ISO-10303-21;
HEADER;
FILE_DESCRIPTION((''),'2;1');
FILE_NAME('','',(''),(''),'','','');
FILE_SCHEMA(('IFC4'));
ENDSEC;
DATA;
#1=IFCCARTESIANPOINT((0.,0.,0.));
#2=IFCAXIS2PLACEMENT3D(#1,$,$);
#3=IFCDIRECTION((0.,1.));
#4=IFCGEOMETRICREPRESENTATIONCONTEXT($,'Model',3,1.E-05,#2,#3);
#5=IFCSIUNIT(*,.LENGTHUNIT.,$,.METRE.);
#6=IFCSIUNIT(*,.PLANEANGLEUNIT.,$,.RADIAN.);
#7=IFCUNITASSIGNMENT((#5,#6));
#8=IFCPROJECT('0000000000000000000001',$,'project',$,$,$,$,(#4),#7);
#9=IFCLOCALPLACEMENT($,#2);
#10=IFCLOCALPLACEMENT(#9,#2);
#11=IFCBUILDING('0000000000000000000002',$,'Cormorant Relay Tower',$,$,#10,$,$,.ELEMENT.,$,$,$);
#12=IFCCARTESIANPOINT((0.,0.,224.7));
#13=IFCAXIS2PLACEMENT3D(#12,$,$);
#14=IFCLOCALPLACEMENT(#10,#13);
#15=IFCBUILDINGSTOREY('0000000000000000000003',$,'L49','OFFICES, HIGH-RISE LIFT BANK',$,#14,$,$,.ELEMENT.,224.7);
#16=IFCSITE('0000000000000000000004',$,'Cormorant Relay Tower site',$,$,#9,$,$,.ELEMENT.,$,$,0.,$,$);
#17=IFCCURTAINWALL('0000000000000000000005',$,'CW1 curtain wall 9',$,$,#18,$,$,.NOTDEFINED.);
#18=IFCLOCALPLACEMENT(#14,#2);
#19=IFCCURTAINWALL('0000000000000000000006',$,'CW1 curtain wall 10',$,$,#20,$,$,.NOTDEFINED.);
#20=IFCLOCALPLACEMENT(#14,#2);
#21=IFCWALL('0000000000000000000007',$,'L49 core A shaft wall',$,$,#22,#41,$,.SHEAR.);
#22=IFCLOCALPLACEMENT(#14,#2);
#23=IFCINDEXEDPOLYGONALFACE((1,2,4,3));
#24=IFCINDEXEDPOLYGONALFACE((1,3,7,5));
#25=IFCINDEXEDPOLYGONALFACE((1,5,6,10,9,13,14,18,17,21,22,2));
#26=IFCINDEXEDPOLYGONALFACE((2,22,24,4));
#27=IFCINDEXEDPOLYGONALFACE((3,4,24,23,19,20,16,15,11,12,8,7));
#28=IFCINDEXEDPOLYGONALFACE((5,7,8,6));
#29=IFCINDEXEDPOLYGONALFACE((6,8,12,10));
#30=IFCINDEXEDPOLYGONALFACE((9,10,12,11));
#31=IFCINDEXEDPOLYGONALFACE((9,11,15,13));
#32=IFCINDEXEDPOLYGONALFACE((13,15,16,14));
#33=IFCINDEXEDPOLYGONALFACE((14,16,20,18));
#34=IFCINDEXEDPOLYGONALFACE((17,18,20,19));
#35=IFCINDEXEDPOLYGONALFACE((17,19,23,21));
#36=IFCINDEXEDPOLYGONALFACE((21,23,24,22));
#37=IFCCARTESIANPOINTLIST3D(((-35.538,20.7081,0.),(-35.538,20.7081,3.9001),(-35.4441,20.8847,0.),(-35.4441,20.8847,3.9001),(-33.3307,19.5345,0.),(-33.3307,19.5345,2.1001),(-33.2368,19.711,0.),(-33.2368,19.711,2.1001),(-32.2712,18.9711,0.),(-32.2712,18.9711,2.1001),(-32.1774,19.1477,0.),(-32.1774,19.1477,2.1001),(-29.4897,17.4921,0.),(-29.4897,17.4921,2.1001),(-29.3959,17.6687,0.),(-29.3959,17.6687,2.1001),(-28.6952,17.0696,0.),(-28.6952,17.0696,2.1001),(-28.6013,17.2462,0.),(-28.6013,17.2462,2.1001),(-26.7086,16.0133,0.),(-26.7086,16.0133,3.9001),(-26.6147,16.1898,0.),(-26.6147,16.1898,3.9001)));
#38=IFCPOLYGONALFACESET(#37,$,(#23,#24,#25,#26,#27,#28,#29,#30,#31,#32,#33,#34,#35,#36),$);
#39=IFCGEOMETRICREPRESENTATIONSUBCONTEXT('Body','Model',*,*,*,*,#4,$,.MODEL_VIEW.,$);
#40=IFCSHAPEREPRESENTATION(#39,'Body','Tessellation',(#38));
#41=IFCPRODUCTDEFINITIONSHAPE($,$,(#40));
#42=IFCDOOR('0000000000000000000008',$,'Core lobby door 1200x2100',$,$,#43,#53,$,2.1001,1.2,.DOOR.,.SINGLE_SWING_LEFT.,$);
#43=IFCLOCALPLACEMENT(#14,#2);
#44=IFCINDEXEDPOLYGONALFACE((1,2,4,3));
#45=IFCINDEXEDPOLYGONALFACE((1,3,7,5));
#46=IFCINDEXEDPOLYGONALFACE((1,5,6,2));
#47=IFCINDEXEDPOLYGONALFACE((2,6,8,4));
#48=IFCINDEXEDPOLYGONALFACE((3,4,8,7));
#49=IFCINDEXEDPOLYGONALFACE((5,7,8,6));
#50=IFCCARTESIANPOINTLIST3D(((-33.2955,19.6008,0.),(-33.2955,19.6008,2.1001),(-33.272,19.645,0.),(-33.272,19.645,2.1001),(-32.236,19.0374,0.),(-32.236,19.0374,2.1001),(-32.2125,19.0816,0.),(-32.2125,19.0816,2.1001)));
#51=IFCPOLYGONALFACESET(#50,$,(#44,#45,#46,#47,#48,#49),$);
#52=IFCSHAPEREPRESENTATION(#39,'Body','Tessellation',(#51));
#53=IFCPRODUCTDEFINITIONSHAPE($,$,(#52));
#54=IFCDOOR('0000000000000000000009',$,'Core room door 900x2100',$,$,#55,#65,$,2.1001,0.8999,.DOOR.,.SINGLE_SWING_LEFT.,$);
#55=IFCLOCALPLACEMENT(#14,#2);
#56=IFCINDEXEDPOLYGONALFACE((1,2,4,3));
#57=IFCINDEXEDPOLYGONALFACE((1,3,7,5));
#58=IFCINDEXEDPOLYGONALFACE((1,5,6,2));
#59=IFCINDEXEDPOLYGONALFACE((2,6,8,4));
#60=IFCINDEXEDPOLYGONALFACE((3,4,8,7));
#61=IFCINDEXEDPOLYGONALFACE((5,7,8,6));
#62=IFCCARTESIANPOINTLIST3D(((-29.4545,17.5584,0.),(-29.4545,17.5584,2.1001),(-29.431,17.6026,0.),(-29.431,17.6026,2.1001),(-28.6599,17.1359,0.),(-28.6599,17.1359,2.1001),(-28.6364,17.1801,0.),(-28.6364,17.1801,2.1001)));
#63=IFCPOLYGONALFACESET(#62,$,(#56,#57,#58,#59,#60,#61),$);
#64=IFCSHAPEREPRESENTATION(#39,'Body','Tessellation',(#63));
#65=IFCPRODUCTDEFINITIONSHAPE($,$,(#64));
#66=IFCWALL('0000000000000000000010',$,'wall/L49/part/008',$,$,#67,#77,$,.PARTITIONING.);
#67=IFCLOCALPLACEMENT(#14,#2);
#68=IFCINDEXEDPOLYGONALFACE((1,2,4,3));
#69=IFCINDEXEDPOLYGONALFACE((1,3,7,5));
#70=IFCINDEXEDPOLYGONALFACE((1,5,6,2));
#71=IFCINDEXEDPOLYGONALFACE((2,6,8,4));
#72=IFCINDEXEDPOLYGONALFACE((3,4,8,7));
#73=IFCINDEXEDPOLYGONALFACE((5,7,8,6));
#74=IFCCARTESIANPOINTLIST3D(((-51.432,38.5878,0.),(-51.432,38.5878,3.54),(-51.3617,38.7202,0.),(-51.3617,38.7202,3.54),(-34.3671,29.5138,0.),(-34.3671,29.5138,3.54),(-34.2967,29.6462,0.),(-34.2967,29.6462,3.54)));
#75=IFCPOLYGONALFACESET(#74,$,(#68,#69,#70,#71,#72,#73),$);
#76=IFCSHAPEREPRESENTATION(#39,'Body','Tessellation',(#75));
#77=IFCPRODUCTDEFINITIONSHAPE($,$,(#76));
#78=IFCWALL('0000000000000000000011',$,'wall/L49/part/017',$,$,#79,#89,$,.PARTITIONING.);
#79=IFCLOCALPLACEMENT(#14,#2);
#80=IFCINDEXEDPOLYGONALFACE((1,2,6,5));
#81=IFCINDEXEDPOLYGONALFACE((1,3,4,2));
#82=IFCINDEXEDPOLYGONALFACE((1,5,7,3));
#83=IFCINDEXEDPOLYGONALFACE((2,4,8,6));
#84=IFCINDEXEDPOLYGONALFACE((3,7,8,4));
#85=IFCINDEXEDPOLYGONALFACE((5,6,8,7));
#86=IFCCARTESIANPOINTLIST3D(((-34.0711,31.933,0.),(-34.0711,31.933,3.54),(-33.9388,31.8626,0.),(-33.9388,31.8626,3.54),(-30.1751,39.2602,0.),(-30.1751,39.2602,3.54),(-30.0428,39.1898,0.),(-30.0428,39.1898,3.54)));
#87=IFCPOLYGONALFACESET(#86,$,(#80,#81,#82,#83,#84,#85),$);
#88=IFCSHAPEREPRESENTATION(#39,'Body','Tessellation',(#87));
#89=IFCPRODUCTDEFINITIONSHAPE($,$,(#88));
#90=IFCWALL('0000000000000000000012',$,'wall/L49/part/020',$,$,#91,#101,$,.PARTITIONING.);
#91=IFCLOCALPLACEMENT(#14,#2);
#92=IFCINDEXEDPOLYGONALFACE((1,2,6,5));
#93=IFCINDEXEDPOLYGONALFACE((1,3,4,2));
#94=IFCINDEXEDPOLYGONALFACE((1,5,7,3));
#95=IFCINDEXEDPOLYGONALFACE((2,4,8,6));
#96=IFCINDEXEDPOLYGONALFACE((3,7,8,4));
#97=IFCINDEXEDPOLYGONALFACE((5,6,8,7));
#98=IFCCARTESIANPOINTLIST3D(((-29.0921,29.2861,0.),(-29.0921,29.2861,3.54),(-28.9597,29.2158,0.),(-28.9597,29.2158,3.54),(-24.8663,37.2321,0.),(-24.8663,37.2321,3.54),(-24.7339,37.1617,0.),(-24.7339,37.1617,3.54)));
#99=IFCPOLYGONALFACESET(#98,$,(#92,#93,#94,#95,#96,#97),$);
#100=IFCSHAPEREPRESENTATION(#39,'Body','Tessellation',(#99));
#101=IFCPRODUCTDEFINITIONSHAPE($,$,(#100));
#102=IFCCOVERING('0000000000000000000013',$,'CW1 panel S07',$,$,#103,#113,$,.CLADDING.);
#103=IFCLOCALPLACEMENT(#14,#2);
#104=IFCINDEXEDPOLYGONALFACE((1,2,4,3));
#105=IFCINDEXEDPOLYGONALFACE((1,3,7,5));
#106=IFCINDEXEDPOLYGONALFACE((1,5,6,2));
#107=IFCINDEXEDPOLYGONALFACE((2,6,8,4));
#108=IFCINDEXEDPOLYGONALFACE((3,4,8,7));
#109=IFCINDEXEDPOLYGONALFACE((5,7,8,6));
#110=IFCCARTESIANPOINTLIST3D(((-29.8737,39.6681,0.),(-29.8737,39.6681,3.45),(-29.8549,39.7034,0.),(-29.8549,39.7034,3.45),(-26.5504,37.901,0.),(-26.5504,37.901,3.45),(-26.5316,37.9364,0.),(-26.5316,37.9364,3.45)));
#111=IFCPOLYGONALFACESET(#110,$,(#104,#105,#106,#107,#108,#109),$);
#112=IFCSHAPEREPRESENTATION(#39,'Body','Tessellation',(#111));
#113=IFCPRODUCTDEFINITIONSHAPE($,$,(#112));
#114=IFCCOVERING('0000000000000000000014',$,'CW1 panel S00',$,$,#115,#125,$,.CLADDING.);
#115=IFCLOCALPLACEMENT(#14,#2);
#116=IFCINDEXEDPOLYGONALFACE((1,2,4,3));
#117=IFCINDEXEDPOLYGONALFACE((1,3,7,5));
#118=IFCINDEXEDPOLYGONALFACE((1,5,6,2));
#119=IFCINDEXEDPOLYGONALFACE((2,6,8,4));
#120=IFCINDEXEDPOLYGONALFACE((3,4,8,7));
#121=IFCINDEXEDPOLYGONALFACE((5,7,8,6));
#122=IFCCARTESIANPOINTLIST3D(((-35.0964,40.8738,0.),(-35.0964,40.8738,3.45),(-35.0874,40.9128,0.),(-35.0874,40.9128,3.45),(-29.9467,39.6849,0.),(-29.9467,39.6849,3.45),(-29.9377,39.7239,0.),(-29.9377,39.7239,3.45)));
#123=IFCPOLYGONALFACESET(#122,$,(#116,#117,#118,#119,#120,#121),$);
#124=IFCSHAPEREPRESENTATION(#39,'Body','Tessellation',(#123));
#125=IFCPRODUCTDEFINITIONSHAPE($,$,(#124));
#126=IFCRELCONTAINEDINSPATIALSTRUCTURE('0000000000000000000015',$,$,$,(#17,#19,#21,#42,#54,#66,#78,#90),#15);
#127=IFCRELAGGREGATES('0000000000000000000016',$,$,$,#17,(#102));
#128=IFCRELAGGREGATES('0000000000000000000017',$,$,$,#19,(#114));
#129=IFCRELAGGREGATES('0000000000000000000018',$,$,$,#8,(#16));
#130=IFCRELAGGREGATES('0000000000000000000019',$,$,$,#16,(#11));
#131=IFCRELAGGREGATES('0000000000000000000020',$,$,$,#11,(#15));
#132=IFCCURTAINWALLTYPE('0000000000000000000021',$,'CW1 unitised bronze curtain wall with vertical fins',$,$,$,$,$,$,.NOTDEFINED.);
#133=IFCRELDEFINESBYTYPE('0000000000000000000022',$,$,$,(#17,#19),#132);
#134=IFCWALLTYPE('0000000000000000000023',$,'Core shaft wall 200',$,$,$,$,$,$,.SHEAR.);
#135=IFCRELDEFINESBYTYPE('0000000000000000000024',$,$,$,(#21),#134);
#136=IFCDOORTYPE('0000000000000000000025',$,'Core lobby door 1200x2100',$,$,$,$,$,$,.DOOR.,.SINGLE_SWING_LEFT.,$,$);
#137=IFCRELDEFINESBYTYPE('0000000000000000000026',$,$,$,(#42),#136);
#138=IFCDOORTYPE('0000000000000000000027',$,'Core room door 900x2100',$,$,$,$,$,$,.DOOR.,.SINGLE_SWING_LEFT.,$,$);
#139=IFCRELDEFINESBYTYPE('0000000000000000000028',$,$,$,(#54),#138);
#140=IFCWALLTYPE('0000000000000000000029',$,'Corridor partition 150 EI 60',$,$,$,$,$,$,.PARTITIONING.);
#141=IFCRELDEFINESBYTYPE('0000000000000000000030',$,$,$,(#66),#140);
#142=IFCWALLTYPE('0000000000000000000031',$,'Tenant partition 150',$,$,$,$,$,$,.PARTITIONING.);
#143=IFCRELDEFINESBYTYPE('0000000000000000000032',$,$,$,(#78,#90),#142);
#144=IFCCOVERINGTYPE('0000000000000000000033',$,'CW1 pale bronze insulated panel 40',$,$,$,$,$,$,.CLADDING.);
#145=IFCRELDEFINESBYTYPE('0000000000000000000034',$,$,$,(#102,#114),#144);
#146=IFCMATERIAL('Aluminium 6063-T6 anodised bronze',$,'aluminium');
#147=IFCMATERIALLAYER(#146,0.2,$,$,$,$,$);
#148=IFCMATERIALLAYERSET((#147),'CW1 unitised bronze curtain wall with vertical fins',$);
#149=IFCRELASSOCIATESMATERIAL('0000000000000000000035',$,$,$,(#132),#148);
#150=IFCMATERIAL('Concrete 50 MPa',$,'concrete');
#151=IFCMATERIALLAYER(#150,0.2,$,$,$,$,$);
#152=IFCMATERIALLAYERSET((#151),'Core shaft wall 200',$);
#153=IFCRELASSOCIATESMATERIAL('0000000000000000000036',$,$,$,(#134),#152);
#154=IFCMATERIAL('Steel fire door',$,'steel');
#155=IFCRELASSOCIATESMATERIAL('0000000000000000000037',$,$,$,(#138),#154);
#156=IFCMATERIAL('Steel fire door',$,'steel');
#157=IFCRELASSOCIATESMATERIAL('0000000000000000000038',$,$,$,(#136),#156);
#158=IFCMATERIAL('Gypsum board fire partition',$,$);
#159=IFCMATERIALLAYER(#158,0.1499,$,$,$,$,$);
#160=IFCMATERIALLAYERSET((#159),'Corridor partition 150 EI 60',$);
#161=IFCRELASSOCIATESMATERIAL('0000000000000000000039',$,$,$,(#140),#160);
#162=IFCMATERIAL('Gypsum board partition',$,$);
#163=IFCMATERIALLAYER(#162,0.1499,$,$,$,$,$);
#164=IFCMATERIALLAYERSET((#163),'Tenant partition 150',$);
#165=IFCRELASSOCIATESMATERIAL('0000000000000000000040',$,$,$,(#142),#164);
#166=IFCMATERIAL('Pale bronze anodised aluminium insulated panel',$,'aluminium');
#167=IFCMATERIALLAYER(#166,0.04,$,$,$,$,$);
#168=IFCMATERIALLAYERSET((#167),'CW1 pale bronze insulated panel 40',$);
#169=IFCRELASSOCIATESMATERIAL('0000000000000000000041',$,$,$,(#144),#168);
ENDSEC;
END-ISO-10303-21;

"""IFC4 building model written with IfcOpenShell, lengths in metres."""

from ifc_helpers import new_model, si_unit, direction, frame, frame_2d, origin, origin_2d, place, context, subcontext, project, spatial, rectangle, extrude, material, layer, layer_set, type_object, element, fill, aggregate, save


model = new_model("IFC4")

# Units and contexts
model_context = context("Model", 3, precision=1e-05, world=origin(), true_north=direction((0.0, 1.0)))
body_context = subcontext(model_context, "Body", "Model", "MODEL_VIEW")
ifc_project = project(units=[si_unit("LENGTHUNIT", "METRE"), si_unit("PLANEANGLEUNIT", "RADIAN")], contexts=[model_context])

# Site, building, storey
site_placement = place(None, origin())
site = spatial("IfcSite", under=ifc_project, at=site_placement, Name="Cormorant Relay Tower site", CompositionType="ELEMENT", RefElevation=0.0)
building_placement = place(site_placement, origin())
building = spatial("IfcBuilding", under=site, at=building_placement, Name="Cormorant Relay Tower", CompositionType="ELEMENT")
storey_placement = place(building_placement, frame((0.0, 0.0, 224.7)))
storey = spatial("IfcBuildingStorey", under=building, at=storey_placement, Name="L49", Description="OFFICES, HIGH-RISE LIFT BANK", CompositionType="ELEMENT", Elevation=224.7)

# Curtain wall
ifc_material_1 = material(Name="Aluminium 6063-T6 anodised bronze", Category="aluminium")
ifc_layer_1 = layer(ifc_material_1, 0.2)
ifc_layer_set_1 = layer_set([ifc_layer_1], Name="CW1 unitised bronze curtain wall with vertical fins")
curtain_wall_type = type_object("IfcCurtainWallType", Name="CW1 unitised bronze curtain wall with vertical fins", PredefinedType="NOTDEFINED", material=ifc_layer_set_1)
curtain_wall_1_placement = place(storey_placement, origin())
curtain_wall_1 = element("IfcCurtainWall", 1, at=curtain_wall_1_placement, inside=storey, type_object=curtain_wall_type, Name="CW1 curtain wall 9", PredefinedType="NOTDEFINED")

# Curtain wall
curtain_wall_2_placement = place(storey_placement, origin())
curtain_wall_2 = element("IfcCurtainWall", 2, at=curtain_wall_2_placement, inside=storey, type_object=curtain_wall_type, Name="CW1 curtain wall 10", PredefinedType="NOTDEFINED")

# Shared definitions
ifc_material_2 = material(Name="Concrete 50 MPa", Category="concrete")
ifc_layer_2 = layer(ifc_material_2, 0.2)
ifc_layer_set_2 = layer_set([ifc_layer_2], Name="Core shaft wall 200")
wall_type_1 = type_object("IfcWallType", Name="Core shaft wall 200", PredefinedType="SHEAR", material=ifc_layer_set_2)
ifc_material_3 = material(Name="Steel fire door", Category="steel")
door_type_1 = type_object("IfcDoorType", Name="Core room door 900x2100", OperationType="SINGLE_SWING_LEFT", PredefinedType="DOOR", material=ifc_material_3)

# Wall, openings, doors
wall_1_placement = place(storey_placement, frame((-26.6616, 16.1016, 0.0), z_axis=(0.0, 0.0, 1.0), x_axis=(-0.88294, 0.469485, 0.0)))
wall_1 = element("IfcWall", 3, at=wall_1_placement, inside=storey, type_object=wall_type_1, Name="L49 core A shaft wall", PredefinedType="SHEAR", context=body_context, shape_type="SweptSolid", body=[
    extrude(rectangle(XDim=10.0, YDim=0.2, at=frame_2d((5.0, 0.0))), origin(), (0.0, 0.0, 1.0), 3.9001),
])
opening_1_placement = place(wall_1_placement, frame((6.3, 0.0, 0.0)))
opening_1 = element("IfcOpeningElement", 4, at=opening_1_placement, cuts=wall_1, PredefinedType="OPENING", context=body_context, shape_type="SweptSolid", body=[
    extrude(rectangle(XDim=1.2, YDim=2.1001, at=frame_2d((0.6001, 1.05))), frame((0.0, 0.1099, 0.0), z_axis=(0.0, -1.0, 0.0), x_axis=(1.0, 0.0, 0.0)), (0.0, 0.0, 1.0), 0.22),
])
opening_2_placement = place(wall_1_placement, frame((2.25, 0.0, 0.0)))
opening_2 = element("IfcOpeningElement", 5, at=opening_2_placement, cuts=wall_1, PredefinedType="OPENING", context=body_context, shape_type="SweptSolid", body=[
    extrude(rectangle(XDim=0.8999, YDim=2.1001, at=frame_2d((0.45, 1.05))), frame((0.0, 0.1099, 0.0), z_axis=(0.0, -1.0, 0.0), x_axis=(1.0, 0.0, 0.0)), (0.0, 0.0, 1.0), 0.22),
])
ifc_material_4 = material(Name="Steel fire door", Category="steel")
door_type_2 = type_object("IfcDoorType", Name="Core lobby door 1200x2100", OperationType="SINGLE_SWING_LEFT", PredefinedType="DOOR", material=ifc_material_4)
door_1_placement = place(opening_1_placement, origin())
door_1 = element("IfcDoor", 6, at=door_1_placement, inside=storey, type_object=door_type_2, Name="Core lobby door 1200x2100", OperationType="SINGLE_SWING_LEFT", OverallHeight=2.1001, OverallWidth=1.2, PredefinedType="DOOR", context=body_context, shape_type="SweptSolid", body=[
    extrude(rectangle(XDim=1.2, YDim=2.1001, at=frame_2d((0.6001, 1.05))), frame((0.0, 0.0249, 0.0), z_axis=(0.0, -1.0, 0.0), x_axis=(1.0, 0.0, 0.0)), (0.0, 0.0, 1.0), 0.05),
])
fill(opening_1, door_1)
door_2_placement = place(opening_2_placement, origin())
door_2 = element("IfcDoor", 7, at=door_2_placement, inside=storey, type_object=door_type_1, Name="Core room door 900x2100", OperationType="SINGLE_SWING_LEFT", OverallHeight=2.1001, OverallWidth=0.8999, PredefinedType="DOOR", context=body_context, shape_type="SweptSolid", body=[
    extrude(rectangle(XDim=0.8999, YDim=2.1001, at=frame_2d((0.45, 1.05))), frame((0.0, 0.0249, 0.0), z_axis=(0.0, -1.0, 0.0), x_axis=(1.0, 0.0, 0.0)), (0.0, 0.0, 1.0), 0.05),
])
fill(opening_2, door_2)

# Walls
ifc_material_5 = material(Name="Gypsum board fire partition")
ifc_layer_3 = layer(ifc_material_5, 0.1499)
ifc_layer_set_3 = layer_set([ifc_layer_3], Name="Corridor partition 150 EI 60")
wall_type_2 = type_object("IfcWallType", Name="Corridor partition 150 EI 60", PredefinedType="PARTITIONING", material=ifc_layer_set_3)
wall_2_placement = place(storey_placement, frame((-34.332, 29.5801, 0.0), z_axis=(0.0, 0.0, 1.0), x_axis=(-0.882939, 0.469487, 0.0)))
element("IfcWall", 8, at=wall_2_placement, inside=storey, type_object=wall_type_2, Name="wall/L49/part/008", PredefinedType="PARTITIONING", context=body_context, shape_type="SweptSolid", body=[
    extrude(rectangle(XDim=19.3274, YDim=0.1499, at=frame_2d((9.6636, 0.0))), origin(), (0.0, 0.0, 1.0), 3.54),
])
ifc_material_6 = material(Name="Gypsum board partition")
ifc_layer_4 = layer(ifc_material_6, 0.1499)
ifc_layer_set_4 = layer_set([ifc_layer_4], Name="Tenant partition 150")
wall_type_3 = type_object("IfcWallType", Name="Tenant partition 150", PredefinedType="PARTITIONING", material=ifc_layer_set_4)
wall_3_placement = place(storey_placement, frame((-30.1089, 39.2251, 0.0), z_axis=(0.0, 0.0, 1.0), x_axis=(-0.469479, -0.882943, 0.0)))
element("IfcWall", 9, at=wall_3_placement, inside=storey, type_object=wall_type_3, Name="wall/L49/part/017", PredefinedType="PARTITIONING", context=body_context, shape_type="SweptSolid", body=[
    extrude(rectangle(XDim=8.2986, YDim=0.1499, at=frame_2d((4.1494, 0.0))), origin(), (0.0, 0.0, 1.0), 3.54),
])
wall_4_placement = place(storey_placement, frame((-24.8, 37.197, 0.0), z_axis=(0.0, 0.0, 1.0), x_axis=(-0.469545, -0.882909, 0.0)))
element("IfcWall", 10, at=wall_4_placement, inside=storey, type_object=wall_type_3, Name="wall/L49/part/020", PredefinedType="PARTITIONING", context=body_context, shape_type="SweptSolid", body=[
    extrude(rectangle(XDim=8.9998, YDim=0.1499, at=frame_2d((4.5, 0.0))), origin(), (0.0, 0.0, 1.0), 3.54),
])

# Coverings
ifc_material_7 = material(Name="Pale bronze anodised aluminium insulated panel", Category="aluminium")
ifc_layer_5 = layer(ifc_material_7, 0.04)
ifc_layer_set_5 = layer_set([ifc_layer_5], Name="CW1 pale bronze insulated panel 40")
covering_type = type_object("IfcCoveringType", Name="CW1 pale bronze insulated panel 40", PredefinedType="CLADDING", material=ifc_layer_set_5)
covering_1_placement = place(storey_placement, frame((-28.2026, 38.8022, 0.0), z_axis=(0.0, 0.0, 1.0), x_axis=(-0.882948, 0.469472, 0.0)))
covering_1 = element("IfcCovering", 11, at=covering_1_placement, type_object=covering_type, Name="CW1 panel S07", PredefinedType="CLADDING", context=body_context, shape_type="SweptSolid", body=[
    extrude(rectangle(XDim=3.7639, YDim=0.04, at=origin_2d()), origin(), (0.0, 0.0, 1.0), 3.45),
])
aggregate(curtain_wall_1, [covering_1])
covering_2_placement = place(storey_placement, frame((-32.5171, 40.2988, 0.0), z_axis=(0.0, 0.0, 1.0), x_axis=(-0.97437, 0.224951, 0.0)))
covering_2 = element("IfcCovering", 12, at=covering_2_placement, type_object=covering_type, Name="CW1 panel S00", PredefinedType="CLADDING", context=body_context, shape_type="SweptSolid", body=[
    extrude(rectangle(XDim=5.2852, YDim=0.04, at=origin_2d()), origin(), (0.0, 0.0, 1.0), 3.45),
])
aggregate(curtain_wall_2, [covering_2])

save(model, "model.ifc")
